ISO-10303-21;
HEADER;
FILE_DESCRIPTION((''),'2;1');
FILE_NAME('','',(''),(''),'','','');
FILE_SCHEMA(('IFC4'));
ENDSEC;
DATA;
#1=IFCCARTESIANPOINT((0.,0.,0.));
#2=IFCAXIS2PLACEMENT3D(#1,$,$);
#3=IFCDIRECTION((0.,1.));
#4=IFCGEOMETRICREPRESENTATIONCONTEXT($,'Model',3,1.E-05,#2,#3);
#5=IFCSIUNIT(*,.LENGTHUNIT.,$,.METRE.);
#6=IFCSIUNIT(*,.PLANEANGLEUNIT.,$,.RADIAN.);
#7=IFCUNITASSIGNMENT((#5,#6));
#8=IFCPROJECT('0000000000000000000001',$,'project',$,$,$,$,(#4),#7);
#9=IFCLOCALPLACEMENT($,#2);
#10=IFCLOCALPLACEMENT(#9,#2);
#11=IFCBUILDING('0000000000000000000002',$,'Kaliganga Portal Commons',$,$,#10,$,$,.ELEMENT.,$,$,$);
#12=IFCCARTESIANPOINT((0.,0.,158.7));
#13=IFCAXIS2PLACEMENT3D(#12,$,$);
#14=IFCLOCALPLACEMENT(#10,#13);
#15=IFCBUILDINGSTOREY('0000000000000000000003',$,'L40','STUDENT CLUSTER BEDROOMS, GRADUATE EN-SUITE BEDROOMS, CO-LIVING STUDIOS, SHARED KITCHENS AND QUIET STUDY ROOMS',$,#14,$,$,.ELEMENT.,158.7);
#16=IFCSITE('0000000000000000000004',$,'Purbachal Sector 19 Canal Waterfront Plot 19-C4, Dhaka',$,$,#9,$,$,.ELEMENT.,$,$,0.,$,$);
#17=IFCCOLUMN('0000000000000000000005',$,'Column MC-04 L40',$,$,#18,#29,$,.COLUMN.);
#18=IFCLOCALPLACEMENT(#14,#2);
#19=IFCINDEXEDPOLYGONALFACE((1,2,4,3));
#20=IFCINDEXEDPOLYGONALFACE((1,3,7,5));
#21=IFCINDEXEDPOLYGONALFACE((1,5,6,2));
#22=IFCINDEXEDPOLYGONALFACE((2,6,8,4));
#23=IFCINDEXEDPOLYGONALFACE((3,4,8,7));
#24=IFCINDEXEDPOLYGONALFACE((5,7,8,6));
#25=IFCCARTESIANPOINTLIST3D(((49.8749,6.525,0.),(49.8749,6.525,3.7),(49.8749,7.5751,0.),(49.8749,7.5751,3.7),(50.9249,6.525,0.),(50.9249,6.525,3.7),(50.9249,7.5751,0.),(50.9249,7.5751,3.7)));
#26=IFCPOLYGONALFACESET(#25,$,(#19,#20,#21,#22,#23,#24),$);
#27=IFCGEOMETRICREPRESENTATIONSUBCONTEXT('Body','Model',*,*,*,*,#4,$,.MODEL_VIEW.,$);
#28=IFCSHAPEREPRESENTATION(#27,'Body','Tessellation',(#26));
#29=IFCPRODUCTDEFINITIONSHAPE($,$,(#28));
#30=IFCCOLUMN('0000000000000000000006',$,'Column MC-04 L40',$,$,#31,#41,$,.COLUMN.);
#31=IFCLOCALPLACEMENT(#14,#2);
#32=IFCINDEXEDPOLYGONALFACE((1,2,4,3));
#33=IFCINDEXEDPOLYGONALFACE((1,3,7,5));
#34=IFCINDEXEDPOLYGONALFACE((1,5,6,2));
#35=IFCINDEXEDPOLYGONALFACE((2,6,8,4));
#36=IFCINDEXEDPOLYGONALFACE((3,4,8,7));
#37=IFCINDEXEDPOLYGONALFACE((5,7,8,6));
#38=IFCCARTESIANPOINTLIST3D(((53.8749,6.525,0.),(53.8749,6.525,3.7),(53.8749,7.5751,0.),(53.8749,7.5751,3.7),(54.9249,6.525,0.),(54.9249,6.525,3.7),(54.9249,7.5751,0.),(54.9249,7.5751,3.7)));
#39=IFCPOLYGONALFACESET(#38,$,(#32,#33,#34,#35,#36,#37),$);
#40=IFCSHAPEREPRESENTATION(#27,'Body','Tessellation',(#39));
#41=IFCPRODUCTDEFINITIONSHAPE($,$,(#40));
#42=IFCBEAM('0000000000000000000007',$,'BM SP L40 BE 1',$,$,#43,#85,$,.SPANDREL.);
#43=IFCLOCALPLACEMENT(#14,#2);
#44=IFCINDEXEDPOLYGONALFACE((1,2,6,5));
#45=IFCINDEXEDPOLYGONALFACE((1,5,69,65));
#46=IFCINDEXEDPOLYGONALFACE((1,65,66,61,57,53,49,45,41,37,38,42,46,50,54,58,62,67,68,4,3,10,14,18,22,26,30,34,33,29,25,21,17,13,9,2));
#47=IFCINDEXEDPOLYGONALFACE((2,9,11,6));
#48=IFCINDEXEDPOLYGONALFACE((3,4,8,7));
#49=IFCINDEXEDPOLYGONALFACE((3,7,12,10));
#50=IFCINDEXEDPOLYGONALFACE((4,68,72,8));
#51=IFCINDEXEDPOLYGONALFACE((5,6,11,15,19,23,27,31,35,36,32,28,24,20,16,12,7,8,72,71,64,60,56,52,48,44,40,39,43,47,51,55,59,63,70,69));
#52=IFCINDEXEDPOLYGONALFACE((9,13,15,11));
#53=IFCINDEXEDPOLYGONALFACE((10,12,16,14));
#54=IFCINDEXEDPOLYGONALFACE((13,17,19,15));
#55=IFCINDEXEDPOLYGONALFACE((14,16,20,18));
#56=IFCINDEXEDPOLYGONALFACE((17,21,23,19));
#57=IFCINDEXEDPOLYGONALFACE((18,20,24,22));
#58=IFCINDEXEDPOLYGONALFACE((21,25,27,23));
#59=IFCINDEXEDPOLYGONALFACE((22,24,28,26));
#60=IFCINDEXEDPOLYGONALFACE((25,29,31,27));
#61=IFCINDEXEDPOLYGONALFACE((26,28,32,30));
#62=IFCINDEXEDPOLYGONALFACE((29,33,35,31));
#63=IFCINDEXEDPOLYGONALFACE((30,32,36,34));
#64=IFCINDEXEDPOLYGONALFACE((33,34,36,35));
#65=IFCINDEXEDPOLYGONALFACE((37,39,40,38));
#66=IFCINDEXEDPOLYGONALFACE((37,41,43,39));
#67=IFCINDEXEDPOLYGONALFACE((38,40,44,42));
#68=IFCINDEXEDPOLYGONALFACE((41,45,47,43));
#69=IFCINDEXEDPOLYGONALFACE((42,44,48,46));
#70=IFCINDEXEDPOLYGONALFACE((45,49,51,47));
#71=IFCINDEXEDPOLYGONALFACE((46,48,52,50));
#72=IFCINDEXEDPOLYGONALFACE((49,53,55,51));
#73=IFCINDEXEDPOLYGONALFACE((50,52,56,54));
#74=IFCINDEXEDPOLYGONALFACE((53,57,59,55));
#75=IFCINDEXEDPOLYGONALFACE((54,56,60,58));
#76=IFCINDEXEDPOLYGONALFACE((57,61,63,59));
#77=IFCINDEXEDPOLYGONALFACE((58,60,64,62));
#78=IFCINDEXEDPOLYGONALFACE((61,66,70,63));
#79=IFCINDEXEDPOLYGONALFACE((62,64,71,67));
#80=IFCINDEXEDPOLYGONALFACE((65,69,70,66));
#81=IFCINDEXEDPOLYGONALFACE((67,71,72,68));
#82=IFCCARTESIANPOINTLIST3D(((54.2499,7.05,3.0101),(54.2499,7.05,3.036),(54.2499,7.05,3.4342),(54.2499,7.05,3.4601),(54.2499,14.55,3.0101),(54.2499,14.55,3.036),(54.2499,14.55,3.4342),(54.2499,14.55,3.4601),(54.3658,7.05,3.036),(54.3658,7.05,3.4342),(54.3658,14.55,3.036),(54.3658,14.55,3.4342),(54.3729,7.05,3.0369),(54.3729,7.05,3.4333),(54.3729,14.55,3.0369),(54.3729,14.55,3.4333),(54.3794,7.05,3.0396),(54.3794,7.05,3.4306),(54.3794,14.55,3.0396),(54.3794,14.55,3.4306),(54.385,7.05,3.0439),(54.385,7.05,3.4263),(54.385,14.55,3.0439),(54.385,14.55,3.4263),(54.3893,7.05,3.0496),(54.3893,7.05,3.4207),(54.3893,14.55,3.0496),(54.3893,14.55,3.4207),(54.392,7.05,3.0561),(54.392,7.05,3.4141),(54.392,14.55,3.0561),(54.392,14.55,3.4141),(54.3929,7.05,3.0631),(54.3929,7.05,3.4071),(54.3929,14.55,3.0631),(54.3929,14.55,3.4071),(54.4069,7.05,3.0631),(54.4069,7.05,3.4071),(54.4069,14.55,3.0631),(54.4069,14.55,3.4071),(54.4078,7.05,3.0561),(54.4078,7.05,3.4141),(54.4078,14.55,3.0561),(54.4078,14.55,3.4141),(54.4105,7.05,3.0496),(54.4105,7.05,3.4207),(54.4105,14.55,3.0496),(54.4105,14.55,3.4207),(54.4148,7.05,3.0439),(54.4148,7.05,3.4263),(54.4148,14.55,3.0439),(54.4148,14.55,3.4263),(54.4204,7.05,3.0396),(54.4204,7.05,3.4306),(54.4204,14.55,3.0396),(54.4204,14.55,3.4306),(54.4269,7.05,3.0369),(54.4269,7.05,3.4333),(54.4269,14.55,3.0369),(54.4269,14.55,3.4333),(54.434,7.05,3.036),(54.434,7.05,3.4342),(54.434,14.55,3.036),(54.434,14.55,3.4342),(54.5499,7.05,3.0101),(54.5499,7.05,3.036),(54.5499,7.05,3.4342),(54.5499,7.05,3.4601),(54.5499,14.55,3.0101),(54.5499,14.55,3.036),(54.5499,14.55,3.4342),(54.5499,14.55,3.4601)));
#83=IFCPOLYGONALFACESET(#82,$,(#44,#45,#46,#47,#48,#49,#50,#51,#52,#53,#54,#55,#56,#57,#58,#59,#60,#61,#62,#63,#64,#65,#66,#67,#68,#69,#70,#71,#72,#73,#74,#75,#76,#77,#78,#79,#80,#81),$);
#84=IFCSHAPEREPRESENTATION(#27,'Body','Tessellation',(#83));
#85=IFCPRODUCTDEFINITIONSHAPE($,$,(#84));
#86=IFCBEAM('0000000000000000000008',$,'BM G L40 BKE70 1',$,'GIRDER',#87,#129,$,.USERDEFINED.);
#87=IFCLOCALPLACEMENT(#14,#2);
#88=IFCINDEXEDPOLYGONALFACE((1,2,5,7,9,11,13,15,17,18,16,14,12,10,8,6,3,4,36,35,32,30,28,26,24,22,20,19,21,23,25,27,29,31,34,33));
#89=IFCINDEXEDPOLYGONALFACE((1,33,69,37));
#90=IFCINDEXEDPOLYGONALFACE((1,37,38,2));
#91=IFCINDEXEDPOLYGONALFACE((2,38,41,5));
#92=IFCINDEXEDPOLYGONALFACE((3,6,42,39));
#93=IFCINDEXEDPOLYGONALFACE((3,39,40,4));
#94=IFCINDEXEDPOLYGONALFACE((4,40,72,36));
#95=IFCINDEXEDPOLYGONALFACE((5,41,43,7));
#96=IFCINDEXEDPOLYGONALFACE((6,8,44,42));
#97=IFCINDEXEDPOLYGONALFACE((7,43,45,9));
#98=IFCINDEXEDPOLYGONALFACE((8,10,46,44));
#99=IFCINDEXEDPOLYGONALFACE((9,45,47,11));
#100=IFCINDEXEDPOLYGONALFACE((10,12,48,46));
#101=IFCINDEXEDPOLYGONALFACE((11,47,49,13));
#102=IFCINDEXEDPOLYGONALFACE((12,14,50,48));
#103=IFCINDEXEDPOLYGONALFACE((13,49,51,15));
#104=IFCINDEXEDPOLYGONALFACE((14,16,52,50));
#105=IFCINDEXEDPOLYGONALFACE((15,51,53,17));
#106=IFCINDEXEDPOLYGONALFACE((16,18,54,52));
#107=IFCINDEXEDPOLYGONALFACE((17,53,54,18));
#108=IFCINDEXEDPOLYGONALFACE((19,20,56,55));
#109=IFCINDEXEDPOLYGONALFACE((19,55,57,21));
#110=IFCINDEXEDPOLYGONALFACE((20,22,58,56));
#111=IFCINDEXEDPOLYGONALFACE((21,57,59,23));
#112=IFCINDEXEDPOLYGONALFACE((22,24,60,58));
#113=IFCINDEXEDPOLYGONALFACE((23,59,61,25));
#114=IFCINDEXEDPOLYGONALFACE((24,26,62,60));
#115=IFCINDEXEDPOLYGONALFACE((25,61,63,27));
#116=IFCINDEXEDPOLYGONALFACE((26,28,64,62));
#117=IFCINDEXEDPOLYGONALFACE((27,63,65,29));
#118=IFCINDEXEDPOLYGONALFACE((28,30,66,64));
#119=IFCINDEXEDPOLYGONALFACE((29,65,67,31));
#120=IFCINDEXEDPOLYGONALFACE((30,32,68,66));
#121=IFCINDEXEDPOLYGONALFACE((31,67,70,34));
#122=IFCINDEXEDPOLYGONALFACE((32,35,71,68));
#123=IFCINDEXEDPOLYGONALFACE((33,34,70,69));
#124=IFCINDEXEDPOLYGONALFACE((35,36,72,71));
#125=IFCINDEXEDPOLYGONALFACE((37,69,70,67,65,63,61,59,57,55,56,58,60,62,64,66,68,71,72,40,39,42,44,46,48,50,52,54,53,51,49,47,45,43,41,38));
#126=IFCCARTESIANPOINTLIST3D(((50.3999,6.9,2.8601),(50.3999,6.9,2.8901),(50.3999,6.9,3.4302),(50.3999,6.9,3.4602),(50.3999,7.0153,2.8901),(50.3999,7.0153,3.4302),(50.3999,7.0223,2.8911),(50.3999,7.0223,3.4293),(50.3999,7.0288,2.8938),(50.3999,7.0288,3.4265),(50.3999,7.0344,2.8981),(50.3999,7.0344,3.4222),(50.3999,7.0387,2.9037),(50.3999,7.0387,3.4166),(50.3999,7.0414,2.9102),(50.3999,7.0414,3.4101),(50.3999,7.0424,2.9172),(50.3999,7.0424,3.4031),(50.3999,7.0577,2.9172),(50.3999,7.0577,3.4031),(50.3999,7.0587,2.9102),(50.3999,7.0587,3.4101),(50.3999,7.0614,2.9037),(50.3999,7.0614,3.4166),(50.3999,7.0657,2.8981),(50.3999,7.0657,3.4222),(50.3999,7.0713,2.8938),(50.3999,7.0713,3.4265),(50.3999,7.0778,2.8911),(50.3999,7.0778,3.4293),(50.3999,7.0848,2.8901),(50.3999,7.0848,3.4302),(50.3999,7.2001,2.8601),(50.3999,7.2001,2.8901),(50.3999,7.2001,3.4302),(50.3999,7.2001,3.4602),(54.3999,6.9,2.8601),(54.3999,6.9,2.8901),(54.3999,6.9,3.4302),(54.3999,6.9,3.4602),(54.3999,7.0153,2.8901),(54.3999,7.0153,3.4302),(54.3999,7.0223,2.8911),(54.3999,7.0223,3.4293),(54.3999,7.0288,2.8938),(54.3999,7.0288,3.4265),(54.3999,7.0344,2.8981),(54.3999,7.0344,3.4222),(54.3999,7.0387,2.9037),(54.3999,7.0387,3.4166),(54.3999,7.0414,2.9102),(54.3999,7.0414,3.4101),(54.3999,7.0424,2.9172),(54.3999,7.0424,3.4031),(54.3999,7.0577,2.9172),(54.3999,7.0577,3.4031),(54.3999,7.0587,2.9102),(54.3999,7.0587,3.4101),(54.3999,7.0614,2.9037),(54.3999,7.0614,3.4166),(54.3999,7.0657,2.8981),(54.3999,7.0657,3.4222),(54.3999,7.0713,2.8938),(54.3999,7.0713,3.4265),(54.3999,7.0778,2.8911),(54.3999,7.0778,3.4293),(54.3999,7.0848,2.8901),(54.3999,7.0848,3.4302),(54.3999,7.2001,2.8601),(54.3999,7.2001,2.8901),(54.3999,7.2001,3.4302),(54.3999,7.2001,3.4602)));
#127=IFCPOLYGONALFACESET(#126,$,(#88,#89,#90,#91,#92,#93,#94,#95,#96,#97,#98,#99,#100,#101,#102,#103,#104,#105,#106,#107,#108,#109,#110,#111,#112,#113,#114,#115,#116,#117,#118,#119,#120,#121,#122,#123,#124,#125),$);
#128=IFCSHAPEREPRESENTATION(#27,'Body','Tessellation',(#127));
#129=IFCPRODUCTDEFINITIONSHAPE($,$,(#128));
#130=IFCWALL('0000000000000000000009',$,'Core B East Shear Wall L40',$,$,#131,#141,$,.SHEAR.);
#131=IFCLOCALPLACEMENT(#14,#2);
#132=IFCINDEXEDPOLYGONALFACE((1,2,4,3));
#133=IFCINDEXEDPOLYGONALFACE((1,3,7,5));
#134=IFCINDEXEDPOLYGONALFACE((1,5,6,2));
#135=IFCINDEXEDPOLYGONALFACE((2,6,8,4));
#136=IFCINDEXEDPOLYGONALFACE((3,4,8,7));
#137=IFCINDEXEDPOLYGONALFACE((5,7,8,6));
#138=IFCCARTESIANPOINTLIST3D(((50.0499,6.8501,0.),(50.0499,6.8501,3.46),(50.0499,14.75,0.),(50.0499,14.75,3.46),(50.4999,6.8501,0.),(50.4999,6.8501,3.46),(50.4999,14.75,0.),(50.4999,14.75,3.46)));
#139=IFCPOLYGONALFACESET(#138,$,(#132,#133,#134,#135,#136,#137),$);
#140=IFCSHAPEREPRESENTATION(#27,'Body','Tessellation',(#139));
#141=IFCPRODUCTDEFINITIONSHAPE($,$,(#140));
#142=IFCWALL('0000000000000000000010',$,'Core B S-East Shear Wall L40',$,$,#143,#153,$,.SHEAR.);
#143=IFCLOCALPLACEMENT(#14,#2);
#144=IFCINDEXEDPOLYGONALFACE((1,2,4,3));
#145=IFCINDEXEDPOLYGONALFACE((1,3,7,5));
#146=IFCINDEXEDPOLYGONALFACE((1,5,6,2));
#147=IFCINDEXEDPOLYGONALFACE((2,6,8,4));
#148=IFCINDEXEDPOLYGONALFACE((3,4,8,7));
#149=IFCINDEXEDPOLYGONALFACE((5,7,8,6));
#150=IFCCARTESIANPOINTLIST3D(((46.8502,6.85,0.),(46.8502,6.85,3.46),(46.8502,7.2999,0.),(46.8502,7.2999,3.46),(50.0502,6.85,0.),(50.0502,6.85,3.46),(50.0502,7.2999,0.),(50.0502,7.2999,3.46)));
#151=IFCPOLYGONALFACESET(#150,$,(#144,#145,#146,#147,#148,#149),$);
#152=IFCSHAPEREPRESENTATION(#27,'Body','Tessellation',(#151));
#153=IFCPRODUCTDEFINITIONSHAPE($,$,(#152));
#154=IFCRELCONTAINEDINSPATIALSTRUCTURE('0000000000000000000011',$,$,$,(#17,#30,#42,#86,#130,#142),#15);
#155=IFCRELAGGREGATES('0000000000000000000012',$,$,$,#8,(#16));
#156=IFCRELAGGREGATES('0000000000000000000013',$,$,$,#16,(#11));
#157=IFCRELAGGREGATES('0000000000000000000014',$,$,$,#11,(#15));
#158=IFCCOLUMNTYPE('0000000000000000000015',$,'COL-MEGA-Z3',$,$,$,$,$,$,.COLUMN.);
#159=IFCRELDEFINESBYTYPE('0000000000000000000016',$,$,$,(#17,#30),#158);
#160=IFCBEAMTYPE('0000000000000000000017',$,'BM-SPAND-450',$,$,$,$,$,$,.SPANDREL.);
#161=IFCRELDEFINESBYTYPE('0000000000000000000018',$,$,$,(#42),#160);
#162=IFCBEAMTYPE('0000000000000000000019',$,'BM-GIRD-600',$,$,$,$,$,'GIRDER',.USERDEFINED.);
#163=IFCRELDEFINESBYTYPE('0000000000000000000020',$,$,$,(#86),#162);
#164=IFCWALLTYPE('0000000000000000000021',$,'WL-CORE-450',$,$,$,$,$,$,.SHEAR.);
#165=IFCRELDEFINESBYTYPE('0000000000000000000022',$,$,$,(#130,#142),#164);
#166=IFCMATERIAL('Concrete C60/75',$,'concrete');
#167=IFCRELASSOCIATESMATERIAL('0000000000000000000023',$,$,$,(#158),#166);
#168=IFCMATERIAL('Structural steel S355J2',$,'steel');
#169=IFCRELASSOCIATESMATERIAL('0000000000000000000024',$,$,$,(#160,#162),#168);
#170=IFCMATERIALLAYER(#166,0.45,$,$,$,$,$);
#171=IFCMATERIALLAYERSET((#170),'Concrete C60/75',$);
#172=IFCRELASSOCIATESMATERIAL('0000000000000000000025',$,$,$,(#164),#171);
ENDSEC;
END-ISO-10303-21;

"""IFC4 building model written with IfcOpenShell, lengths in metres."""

from ifc_helpers import new_model, si_unit, direction, frame, frame_2d, origin, origin_2d, place, context, subcontext, project, spatial, rectangle, i_section, extrude, source, transform, mapped, material, layer, layer_set, material_profile, profile_set, type_object, element, save


model = new_model("IFC4")

# Units and contexts
model_context = context("Model", 3, precision=1e-05, world=origin(), true_north=direction((0.0, 1.0)))
body_context = subcontext(model_context, "Body", "Model", "MODEL_VIEW")
ifc_project = project(units=[si_unit("LENGTHUNIT", "METRE"), si_unit("PLANEANGLEUNIT", "RADIAN")], contexts=[model_context])

# Site, building, storey
site_placement = place(None, origin())
site = spatial("IfcSite", under=ifc_project, at=site_placement, Name="Purbachal Sector 19 Canal Waterfront Plot 19-C4, Dhaka", CompositionType="ELEMENT", RefElevation=0.0)
building_placement = place(site_placement, origin())
building = spatial("IfcBuilding", under=site, at=building_placement, Name="Kaliganga Portal Commons", CompositionType="ELEMENT")
storey_placement = place(building_placement, frame((0.0, 0.0, 158.7)))
storey = spatial("IfcBuildingStorey", under=building, at=storey_placement, Name="L40", Description="STUDENT CLUSTER BEDROOMS, GRADUATE EN-SUITE BEDROOMS, CO-LIVING STUDIOS, SHARED KITCHENS AND QUIET STUDY ROOMS", CompositionType="ELEMENT", Elevation=158.7)

# Columns
ifc_material_1 = material(Name="Concrete C60/75", Category="concrete")
ifc_material_profile_1 = material_profile(ifc_material_1, rectangle(XDim=1.05, YDim=1.05, at=origin_2d()), Name="RC 1050x1050")
ifc_profile_set_1 = profile_set([ifc_material_profile_1], Name="Concrete C60/75")
column_type = type_object("IfcColumnType", Name="COL-MEGA-Z3", PredefinedType="COLUMN", material=ifc_profile_set_1)
shared_shape_1 = source(origin(), body_context, "Body", "SweptSolid", [
    extrude(rectangle(XDim=1.05, YDim=1.05, at=origin_2d()), origin(), (0.0, 0.0, 1.0), 3.7),
])
for number, where, z_axis, x_axis, name in (
    (1, (50.3999, 7.05, 0.0), (0.0, 0.0, 1.0), (1.0, 0.0, 0.0), "Column MC-04 L40"),
    (2, (54.3999, 7.05, 0.0), (0.0, 0.0, 1.0), (1.0, 0.0, 0.0), "Column MC-04 L40"),
):
    element("IfcColumn", number, at=place(storey_placement, frame(where, z_axis=z_axis, x_axis=x_axis)), inside=storey, type_object=column_type, Name=name, PredefinedType="COLUMN", context=body_context, shape_type="MappedRepresentation", body=[
        mapped(shared_shape_1, transform((0.0, 0.0, 0.0), x_axis=(1.0, 0.0, 0.0), y_axis=(0.0, 1.0, 0.0), z_axis=(0.0, 0.0, 1.0), scale=1.0)),
    ])

# Beams
ifc_material_2 = material(Name="Structural steel S355J2", Category="steel")
ifc_material_profile_2 = material_profile(ifc_material_2, i_section(OverallWidth=0.3, OverallDepth=0.45, WebThickness=0.0139, FlangeThickness=0.0259, FilletRadius=0.0271, at=origin_2d()), Name="HE 450 B")
ifc_profile_set_2 = profile_set([ifc_material_profile_2], Name="Structural steel S355J2 wide-flange")
beam_type_1 = type_object("IfcBeamType", Name="BM-SPAND-450", PredefinedType="SPANDREL", material=ifc_profile_set_2)
shared_shape_2 = source(origin(), body_context, "Body", "SweptSolid", [
    extrude(i_section(OverallWidth=0.3, OverallDepth=0.45, WebThickness=0.0139, FlangeThickness=0.0259, FilletRadius=0.0271, at=origin_2d()), origin(), (0.0, 0.0, 1.0), 7.5),
])
beam_1_placement = place(storey_placement, frame((54.3999, 7.05, 3.2351), z_axis=(0.0, 1.0, 0.0), x_axis=(-1.0, 0.0, 0.0)))
element("IfcBeam", 3, at=beam_1_placement, inside=storey, type_object=beam_type_1, Name="BM SP L40 BE 1", PredefinedType="SPANDREL", context=body_context, shape_type="MappedRepresentation", body=[
    mapped(shared_shape_2, transform((0.0, 0.0, 0.0), x_axis=(1.0, 0.0, 0.0), y_axis=(0.0, 1.0, 0.0), z_axis=(0.0, 0.0, 1.0), scale=1.0)),
])
ifc_material_profile_3 = material_profile(ifc_material_2, i_section(OverallWidth=0.3, OverallDepth=0.6001, WebThickness=0.0154, FlangeThickness=0.03, FilletRadius=0.0271, at=origin_2d()), Name="HE 600 B")
ifc_profile_set_3 = profile_set([ifc_material_profile_3], Name="Structural steel S355J2 wide-flange")
beam_type_2 = type_object("IfcBeamType", Name="BM-GIRD-600", ElementType="GIRDER", PredefinedType="USERDEFINED", material=ifc_profile_set_3)
shared_shape_3 = source(origin(), body_context, "Body", "SweptSolid", [
    extrude(i_section(OverallWidth=0.3, OverallDepth=0.6001, WebThickness=0.0154, FlangeThickness=0.03, FilletRadius=0.0271, at=origin_2d()), origin(), (0.0, 0.0, 1.0), 4.0),
])
beam_2_placement = place(storey_placement, frame((50.3999, 7.05, 3.1602), z_axis=(1.0, 0.0, 0.0), x_axis=(0.0, 1.0, 0.0)))
element("IfcBeam", 4, at=beam_2_placement, inside=storey, type_object=beam_type_2, Name="BM G L40 BKE70 1", ObjectType="GIRDER", PredefinedType="USERDEFINED", context=body_context, shape_type="MappedRepresentation", body=[
    mapped(shared_shape_3, transform((0.0, 0.0, 0.0), x_axis=(1.0, 0.0, 0.0), y_axis=(0.0, 1.0, 0.0), z_axis=(0.0, 0.0, 1.0), scale=1.0)),
])

# Walls
ifc_layer_1 = layer(ifc_material_1, 0.45)
ifc_layer_set_1 = layer_set([ifc_layer_1], Name="Concrete C60/75")
wall_type_1 = type_object("IfcWallType", Name="WL-CORE-450", PredefinedType="SHEAR", material=ifc_layer_set_1)
wall_1_placement = place(storey_placement, frame((50.2749, 6.8501, 0.0), z_axis=(0.0, 0.0, 1.0), x_axis=(0.0, 1.0, 0.0)))
element("IfcWall", 5, at=wall_1_placement, inside=storey, type_object=wall_type_1, Name="Core B East Shear Wall L40", PredefinedType="SHEAR", context=body_context, shape_type="SweptSolid", body=[
    extrude(rectangle(XDim=7.8999, YDim=0.45, at=frame_2d((3.95, 0.0))), origin(), (0.0, 0.0, 1.0), 3.46),
])
wall_2_placement = place(storey_placement, frame((46.8501, 7.075, 0.0), z_axis=(0.0, 0.0, 1.0), x_axis=(1.0, 0.0, 0.0)))
element("IfcWall", 6, at=wall_2_placement, inside=storey, type_object=wall_type_1, Name="Core B S-East Shear Wall L40", PredefinedType="SHEAR", context=body_context, shape_type="SweptSolid", body=[
    extrude(rectangle(XDim=3.2, YDim=0.45, at=frame_2d((1.6001, 0.0))), origin(), (0.0, 0.0, 1.0), 3.46),
])

save(model, "model.ifc")
